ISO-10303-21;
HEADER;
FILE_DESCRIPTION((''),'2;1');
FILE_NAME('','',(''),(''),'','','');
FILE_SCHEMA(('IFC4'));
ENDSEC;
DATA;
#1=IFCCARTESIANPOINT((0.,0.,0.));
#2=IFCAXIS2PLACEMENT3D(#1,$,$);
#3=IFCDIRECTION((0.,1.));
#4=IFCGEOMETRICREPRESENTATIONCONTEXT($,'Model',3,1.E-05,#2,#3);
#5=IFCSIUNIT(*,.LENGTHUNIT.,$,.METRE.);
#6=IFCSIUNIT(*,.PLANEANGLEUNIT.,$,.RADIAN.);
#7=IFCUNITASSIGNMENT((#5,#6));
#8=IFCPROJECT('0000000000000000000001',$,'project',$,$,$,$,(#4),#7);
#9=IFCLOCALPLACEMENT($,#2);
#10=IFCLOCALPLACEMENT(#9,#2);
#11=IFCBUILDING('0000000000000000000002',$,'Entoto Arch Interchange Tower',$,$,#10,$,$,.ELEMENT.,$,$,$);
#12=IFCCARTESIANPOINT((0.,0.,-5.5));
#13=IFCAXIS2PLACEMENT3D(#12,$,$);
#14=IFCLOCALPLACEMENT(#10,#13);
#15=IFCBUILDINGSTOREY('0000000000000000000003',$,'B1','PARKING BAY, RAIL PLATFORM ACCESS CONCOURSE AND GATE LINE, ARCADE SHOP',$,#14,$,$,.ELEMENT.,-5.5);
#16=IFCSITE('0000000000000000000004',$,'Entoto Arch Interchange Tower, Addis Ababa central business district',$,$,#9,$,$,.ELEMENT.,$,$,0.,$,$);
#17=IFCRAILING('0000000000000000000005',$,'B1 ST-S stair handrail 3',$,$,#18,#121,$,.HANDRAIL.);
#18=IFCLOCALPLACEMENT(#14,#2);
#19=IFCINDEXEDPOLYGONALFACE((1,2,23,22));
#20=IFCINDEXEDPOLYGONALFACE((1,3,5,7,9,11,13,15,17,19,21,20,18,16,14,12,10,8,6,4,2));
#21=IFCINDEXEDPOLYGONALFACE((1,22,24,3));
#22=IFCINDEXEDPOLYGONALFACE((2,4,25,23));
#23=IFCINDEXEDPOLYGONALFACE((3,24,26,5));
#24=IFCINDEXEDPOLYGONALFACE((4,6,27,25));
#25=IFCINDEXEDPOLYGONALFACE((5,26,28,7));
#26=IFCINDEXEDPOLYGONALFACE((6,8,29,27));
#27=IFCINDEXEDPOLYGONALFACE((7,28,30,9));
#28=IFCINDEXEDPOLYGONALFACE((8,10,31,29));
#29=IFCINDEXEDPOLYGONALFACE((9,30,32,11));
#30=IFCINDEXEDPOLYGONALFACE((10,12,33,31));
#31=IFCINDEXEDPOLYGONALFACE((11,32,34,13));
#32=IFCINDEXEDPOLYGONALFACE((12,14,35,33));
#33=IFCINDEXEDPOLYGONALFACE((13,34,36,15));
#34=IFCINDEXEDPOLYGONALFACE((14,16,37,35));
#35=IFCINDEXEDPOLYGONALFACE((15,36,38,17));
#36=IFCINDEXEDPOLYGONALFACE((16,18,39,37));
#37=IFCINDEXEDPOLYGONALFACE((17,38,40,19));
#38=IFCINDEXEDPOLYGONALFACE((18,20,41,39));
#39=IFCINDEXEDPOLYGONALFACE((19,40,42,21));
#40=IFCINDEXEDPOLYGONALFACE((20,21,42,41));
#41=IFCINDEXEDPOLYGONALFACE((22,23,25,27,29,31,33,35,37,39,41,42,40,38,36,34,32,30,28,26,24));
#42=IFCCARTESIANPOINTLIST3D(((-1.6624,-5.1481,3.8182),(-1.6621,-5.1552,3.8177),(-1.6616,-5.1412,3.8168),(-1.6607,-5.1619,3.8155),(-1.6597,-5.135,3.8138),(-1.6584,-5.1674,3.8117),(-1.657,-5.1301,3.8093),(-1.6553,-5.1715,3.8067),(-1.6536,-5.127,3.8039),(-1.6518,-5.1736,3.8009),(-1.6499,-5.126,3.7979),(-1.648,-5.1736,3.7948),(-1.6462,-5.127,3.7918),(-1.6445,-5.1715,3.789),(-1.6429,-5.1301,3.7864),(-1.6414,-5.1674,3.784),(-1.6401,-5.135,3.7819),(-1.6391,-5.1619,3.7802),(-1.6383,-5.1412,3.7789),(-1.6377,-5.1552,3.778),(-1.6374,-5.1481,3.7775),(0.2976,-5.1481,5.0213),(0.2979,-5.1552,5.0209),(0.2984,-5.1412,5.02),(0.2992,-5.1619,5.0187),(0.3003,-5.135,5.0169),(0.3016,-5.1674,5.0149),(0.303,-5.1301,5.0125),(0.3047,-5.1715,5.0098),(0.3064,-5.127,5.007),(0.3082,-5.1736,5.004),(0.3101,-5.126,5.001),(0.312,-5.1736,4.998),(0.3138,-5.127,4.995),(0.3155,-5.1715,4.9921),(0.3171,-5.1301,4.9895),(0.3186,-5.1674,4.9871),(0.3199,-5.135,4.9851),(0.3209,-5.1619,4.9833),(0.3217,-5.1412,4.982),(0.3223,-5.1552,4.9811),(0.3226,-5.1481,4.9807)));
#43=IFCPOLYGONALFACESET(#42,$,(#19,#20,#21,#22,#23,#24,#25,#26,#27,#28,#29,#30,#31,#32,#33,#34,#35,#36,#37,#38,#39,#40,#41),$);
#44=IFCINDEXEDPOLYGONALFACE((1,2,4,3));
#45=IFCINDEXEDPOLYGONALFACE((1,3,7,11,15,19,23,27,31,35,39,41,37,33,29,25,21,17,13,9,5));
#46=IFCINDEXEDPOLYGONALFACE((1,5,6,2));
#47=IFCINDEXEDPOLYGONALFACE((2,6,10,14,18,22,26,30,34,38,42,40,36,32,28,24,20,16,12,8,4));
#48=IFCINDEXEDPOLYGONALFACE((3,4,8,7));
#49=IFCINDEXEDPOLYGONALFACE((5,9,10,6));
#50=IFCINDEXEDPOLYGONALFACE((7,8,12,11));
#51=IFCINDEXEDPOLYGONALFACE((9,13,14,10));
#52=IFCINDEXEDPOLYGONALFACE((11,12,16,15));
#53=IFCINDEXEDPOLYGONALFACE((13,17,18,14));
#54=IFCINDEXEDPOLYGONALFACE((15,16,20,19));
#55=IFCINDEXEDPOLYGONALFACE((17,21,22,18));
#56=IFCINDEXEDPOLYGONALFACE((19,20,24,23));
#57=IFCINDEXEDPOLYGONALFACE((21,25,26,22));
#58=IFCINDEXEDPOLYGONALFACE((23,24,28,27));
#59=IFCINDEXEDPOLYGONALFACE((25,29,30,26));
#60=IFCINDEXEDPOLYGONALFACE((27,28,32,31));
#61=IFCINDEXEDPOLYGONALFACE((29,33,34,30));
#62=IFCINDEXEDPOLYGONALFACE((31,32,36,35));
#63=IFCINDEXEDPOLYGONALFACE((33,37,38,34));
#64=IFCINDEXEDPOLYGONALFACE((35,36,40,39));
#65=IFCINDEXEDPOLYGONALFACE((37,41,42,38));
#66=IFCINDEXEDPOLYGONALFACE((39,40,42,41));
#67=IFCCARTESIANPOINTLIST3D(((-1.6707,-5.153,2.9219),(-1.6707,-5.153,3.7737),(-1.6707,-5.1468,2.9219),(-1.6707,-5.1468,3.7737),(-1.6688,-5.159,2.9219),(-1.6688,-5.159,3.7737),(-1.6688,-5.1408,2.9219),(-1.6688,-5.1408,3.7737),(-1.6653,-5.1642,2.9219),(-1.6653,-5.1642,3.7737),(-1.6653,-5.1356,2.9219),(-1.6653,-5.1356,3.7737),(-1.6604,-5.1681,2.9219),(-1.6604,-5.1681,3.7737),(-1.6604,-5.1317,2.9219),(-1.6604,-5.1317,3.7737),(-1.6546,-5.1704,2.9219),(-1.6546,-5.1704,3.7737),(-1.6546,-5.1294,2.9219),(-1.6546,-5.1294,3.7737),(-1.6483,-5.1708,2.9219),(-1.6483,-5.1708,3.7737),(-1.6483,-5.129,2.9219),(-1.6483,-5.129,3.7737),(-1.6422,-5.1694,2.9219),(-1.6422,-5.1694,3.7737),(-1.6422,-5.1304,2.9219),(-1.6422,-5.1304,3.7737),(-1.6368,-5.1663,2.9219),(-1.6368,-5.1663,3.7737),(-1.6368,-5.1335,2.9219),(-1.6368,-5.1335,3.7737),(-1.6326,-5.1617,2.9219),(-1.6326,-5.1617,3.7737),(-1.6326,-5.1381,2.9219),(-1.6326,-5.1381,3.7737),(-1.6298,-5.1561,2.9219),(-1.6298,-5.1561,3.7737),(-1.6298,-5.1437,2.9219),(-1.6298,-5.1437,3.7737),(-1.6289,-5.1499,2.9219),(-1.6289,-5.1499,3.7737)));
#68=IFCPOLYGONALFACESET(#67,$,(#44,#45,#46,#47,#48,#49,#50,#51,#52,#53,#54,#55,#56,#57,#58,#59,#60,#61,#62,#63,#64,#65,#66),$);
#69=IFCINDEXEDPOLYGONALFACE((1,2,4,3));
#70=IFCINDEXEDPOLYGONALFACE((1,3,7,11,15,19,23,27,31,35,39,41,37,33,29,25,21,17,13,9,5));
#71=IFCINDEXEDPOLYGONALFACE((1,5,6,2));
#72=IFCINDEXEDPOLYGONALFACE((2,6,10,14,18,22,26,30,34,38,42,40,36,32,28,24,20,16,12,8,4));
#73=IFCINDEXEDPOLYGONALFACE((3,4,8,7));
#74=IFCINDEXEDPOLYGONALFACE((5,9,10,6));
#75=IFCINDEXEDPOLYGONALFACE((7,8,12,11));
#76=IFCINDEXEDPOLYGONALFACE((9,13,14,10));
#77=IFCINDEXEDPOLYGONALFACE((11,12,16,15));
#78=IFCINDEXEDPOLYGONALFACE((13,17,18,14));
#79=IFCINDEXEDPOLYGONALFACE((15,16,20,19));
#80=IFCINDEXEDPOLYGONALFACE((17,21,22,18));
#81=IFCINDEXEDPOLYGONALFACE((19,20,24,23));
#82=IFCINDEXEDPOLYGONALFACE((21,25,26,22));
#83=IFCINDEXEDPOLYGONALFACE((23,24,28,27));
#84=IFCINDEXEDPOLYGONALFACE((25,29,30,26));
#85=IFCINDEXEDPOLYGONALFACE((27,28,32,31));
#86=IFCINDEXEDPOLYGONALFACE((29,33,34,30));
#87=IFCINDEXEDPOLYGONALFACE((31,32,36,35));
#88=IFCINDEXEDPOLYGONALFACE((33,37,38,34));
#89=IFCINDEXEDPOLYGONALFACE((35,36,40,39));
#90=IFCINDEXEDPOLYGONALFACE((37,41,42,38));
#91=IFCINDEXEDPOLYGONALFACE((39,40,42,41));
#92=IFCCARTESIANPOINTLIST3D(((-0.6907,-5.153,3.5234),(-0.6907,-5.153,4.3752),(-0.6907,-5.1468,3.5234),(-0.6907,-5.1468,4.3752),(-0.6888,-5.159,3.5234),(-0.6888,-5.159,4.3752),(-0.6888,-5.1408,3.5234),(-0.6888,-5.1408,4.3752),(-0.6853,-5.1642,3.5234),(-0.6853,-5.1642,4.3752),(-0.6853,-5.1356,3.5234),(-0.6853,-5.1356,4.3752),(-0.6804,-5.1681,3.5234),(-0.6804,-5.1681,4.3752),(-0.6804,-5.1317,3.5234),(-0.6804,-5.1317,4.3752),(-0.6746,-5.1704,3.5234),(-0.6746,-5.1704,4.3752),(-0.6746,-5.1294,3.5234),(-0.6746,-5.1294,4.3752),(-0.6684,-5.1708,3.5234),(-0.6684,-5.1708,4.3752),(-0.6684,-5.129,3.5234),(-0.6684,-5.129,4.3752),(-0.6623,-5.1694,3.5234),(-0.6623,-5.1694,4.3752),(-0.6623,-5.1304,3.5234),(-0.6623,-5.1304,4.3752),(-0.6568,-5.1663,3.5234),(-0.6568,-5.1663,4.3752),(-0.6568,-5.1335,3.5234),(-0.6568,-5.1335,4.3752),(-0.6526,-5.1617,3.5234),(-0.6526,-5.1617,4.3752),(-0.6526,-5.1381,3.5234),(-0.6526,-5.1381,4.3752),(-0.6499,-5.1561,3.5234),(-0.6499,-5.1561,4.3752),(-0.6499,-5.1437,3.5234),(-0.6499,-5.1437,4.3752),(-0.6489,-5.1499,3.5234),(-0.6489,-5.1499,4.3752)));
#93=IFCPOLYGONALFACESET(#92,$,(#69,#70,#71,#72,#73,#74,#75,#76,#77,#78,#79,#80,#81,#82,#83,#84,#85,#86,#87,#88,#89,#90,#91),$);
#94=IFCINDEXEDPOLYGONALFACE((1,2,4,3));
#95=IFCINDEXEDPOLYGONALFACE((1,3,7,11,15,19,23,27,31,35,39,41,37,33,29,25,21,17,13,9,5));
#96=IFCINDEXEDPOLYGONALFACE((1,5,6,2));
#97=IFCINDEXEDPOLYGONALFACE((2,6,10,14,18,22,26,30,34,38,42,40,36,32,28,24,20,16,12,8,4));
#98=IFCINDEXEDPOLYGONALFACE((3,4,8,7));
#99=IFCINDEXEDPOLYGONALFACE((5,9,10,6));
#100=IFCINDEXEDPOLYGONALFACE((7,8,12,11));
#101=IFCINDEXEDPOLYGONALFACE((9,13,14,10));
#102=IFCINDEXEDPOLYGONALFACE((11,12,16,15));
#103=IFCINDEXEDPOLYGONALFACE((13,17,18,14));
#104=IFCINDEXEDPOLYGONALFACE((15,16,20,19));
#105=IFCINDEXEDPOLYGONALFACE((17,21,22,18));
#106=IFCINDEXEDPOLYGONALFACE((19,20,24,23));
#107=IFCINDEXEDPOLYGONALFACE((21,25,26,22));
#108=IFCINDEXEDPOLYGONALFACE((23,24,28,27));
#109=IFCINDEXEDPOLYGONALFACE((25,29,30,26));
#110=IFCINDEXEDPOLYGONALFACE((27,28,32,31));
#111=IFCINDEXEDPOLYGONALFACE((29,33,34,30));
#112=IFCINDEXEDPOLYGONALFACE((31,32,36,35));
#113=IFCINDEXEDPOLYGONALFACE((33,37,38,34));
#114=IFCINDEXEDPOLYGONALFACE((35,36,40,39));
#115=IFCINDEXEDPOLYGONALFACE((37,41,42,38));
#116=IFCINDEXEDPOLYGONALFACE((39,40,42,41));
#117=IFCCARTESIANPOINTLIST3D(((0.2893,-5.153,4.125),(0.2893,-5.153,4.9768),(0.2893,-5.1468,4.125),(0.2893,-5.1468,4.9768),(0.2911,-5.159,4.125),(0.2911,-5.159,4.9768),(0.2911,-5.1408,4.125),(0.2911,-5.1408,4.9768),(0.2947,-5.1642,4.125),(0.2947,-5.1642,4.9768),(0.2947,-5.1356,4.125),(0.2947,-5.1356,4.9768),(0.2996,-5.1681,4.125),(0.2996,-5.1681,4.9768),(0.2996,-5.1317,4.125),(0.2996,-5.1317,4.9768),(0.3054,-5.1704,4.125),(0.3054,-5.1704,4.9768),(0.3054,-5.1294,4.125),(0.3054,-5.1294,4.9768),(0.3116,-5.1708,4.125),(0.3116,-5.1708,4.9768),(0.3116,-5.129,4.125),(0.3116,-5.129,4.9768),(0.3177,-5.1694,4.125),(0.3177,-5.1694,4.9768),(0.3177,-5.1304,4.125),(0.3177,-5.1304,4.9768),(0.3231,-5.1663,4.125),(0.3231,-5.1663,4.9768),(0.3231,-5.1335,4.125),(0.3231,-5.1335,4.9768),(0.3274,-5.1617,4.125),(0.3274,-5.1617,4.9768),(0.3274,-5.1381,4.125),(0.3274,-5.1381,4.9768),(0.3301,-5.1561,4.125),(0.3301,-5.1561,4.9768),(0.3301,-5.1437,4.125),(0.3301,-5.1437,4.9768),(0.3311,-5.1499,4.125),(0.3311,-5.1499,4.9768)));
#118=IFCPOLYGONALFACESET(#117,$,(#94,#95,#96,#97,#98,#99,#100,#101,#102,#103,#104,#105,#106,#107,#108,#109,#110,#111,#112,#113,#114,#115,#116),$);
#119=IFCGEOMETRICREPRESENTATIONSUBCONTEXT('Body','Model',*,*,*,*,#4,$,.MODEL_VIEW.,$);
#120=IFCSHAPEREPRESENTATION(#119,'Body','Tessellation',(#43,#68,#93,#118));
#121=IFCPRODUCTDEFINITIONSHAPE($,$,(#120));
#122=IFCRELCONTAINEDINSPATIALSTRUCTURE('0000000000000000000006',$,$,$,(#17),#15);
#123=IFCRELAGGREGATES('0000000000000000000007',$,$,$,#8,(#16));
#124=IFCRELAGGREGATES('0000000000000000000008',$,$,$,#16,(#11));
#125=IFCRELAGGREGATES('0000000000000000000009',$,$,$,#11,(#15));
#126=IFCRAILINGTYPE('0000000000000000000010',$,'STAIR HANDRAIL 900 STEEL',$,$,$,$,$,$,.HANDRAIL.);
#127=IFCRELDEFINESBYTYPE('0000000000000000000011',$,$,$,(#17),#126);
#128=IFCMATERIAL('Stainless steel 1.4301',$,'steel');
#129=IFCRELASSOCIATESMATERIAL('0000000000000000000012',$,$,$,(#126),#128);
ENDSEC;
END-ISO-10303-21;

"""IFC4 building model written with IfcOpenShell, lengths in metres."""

from ifc_helpers import new_model, si_unit, direction, frame, origin, origin_2d, place, context, subcontext, project, spatial, circle, extrude, material, type_object, element, save


model = new_model("IFC4")

# Units and contexts
model_context = context("Model", 3, precision=1e-05, world=origin(), true_north=direction((0.0, 1.0)))
body_context = subcontext(model_context, "Body", "Model", "MODEL_VIEW")
ifc_project = project(units=[si_unit("LENGTHUNIT", "METRE"), si_unit("PLANEANGLEUNIT", "RADIAN")], contexts=[model_context])

# Site, building, storey
site_placement = place(None, origin())
site = spatial("IfcSite", under=ifc_project, at=site_placement, Name="Entoto Arch Interchange Tower, Addis Ababa central business district", CompositionType="ELEMENT", RefElevation=0.0)
building_placement = place(site_placement, origin())
building = spatial("IfcBuilding", under=site, at=building_placement, Name="Entoto Arch Interchange Tower", CompositionType="ELEMENT")
storey_placement = place(building_placement, frame((0.0, 0.0, -5.5)))
storey = spatial("IfcBuildingStorey", under=building, at=storey_placement, Name="B1", Description="PARKING BAY, RAIL PLATFORM ACCESS CONCOURSE AND GATE LINE, ARCADE SHOP", CompositionType="ELEMENT", Elevation=-5.5)

# Railing
ifc_material_1 = material(Name="Stainless steel 1.4301", Category="steel")
railing_type_1 = type_object("IfcRailingType", Name="STAIR HANDRAIL 900 STEEL", PredefinedType="HANDRAIL", material=ifc_material_1)
for number, where, name in (
    (1, (-1.6499, -5.1499, 2.9219), "B1 ST-S stair handrail 3"),
):
    element("IfcRailing", number, at=place(storey_placement, frame(where)), inside=storey, type_object=railing_type_1, Name=name, PredefinedType="HANDRAIL", context=body_context, shape_type="SweptSolid", body=[
        extrude(circle(Radius=0.0239, at=origin_2d()), frame((0.0, 0.0, 0.876), z_axis=(0.852241, 0.0, 0.523149), x_axis=(0.0, 1.0, 0.0)), (0.0, 0.0, 1.0), 2.2998),
        extrude(circle(Radius=0.021, at=origin_2d()), origin(), (0.0, 0.0, 1.0), 0.8518),
        extrude(circle(Radius=0.021, at=origin_2d()), frame((0.98, 0.0, 0.6016)), (0.0, 0.0, 1.0), 0.8518),
        extrude(circle(Radius=0.021, at=origin_2d()), frame((1.96, 0.0, 1.2031)), (0.0, 0.0, 1.0), 0.8518),
    ])

save(model, "model.ifc")
